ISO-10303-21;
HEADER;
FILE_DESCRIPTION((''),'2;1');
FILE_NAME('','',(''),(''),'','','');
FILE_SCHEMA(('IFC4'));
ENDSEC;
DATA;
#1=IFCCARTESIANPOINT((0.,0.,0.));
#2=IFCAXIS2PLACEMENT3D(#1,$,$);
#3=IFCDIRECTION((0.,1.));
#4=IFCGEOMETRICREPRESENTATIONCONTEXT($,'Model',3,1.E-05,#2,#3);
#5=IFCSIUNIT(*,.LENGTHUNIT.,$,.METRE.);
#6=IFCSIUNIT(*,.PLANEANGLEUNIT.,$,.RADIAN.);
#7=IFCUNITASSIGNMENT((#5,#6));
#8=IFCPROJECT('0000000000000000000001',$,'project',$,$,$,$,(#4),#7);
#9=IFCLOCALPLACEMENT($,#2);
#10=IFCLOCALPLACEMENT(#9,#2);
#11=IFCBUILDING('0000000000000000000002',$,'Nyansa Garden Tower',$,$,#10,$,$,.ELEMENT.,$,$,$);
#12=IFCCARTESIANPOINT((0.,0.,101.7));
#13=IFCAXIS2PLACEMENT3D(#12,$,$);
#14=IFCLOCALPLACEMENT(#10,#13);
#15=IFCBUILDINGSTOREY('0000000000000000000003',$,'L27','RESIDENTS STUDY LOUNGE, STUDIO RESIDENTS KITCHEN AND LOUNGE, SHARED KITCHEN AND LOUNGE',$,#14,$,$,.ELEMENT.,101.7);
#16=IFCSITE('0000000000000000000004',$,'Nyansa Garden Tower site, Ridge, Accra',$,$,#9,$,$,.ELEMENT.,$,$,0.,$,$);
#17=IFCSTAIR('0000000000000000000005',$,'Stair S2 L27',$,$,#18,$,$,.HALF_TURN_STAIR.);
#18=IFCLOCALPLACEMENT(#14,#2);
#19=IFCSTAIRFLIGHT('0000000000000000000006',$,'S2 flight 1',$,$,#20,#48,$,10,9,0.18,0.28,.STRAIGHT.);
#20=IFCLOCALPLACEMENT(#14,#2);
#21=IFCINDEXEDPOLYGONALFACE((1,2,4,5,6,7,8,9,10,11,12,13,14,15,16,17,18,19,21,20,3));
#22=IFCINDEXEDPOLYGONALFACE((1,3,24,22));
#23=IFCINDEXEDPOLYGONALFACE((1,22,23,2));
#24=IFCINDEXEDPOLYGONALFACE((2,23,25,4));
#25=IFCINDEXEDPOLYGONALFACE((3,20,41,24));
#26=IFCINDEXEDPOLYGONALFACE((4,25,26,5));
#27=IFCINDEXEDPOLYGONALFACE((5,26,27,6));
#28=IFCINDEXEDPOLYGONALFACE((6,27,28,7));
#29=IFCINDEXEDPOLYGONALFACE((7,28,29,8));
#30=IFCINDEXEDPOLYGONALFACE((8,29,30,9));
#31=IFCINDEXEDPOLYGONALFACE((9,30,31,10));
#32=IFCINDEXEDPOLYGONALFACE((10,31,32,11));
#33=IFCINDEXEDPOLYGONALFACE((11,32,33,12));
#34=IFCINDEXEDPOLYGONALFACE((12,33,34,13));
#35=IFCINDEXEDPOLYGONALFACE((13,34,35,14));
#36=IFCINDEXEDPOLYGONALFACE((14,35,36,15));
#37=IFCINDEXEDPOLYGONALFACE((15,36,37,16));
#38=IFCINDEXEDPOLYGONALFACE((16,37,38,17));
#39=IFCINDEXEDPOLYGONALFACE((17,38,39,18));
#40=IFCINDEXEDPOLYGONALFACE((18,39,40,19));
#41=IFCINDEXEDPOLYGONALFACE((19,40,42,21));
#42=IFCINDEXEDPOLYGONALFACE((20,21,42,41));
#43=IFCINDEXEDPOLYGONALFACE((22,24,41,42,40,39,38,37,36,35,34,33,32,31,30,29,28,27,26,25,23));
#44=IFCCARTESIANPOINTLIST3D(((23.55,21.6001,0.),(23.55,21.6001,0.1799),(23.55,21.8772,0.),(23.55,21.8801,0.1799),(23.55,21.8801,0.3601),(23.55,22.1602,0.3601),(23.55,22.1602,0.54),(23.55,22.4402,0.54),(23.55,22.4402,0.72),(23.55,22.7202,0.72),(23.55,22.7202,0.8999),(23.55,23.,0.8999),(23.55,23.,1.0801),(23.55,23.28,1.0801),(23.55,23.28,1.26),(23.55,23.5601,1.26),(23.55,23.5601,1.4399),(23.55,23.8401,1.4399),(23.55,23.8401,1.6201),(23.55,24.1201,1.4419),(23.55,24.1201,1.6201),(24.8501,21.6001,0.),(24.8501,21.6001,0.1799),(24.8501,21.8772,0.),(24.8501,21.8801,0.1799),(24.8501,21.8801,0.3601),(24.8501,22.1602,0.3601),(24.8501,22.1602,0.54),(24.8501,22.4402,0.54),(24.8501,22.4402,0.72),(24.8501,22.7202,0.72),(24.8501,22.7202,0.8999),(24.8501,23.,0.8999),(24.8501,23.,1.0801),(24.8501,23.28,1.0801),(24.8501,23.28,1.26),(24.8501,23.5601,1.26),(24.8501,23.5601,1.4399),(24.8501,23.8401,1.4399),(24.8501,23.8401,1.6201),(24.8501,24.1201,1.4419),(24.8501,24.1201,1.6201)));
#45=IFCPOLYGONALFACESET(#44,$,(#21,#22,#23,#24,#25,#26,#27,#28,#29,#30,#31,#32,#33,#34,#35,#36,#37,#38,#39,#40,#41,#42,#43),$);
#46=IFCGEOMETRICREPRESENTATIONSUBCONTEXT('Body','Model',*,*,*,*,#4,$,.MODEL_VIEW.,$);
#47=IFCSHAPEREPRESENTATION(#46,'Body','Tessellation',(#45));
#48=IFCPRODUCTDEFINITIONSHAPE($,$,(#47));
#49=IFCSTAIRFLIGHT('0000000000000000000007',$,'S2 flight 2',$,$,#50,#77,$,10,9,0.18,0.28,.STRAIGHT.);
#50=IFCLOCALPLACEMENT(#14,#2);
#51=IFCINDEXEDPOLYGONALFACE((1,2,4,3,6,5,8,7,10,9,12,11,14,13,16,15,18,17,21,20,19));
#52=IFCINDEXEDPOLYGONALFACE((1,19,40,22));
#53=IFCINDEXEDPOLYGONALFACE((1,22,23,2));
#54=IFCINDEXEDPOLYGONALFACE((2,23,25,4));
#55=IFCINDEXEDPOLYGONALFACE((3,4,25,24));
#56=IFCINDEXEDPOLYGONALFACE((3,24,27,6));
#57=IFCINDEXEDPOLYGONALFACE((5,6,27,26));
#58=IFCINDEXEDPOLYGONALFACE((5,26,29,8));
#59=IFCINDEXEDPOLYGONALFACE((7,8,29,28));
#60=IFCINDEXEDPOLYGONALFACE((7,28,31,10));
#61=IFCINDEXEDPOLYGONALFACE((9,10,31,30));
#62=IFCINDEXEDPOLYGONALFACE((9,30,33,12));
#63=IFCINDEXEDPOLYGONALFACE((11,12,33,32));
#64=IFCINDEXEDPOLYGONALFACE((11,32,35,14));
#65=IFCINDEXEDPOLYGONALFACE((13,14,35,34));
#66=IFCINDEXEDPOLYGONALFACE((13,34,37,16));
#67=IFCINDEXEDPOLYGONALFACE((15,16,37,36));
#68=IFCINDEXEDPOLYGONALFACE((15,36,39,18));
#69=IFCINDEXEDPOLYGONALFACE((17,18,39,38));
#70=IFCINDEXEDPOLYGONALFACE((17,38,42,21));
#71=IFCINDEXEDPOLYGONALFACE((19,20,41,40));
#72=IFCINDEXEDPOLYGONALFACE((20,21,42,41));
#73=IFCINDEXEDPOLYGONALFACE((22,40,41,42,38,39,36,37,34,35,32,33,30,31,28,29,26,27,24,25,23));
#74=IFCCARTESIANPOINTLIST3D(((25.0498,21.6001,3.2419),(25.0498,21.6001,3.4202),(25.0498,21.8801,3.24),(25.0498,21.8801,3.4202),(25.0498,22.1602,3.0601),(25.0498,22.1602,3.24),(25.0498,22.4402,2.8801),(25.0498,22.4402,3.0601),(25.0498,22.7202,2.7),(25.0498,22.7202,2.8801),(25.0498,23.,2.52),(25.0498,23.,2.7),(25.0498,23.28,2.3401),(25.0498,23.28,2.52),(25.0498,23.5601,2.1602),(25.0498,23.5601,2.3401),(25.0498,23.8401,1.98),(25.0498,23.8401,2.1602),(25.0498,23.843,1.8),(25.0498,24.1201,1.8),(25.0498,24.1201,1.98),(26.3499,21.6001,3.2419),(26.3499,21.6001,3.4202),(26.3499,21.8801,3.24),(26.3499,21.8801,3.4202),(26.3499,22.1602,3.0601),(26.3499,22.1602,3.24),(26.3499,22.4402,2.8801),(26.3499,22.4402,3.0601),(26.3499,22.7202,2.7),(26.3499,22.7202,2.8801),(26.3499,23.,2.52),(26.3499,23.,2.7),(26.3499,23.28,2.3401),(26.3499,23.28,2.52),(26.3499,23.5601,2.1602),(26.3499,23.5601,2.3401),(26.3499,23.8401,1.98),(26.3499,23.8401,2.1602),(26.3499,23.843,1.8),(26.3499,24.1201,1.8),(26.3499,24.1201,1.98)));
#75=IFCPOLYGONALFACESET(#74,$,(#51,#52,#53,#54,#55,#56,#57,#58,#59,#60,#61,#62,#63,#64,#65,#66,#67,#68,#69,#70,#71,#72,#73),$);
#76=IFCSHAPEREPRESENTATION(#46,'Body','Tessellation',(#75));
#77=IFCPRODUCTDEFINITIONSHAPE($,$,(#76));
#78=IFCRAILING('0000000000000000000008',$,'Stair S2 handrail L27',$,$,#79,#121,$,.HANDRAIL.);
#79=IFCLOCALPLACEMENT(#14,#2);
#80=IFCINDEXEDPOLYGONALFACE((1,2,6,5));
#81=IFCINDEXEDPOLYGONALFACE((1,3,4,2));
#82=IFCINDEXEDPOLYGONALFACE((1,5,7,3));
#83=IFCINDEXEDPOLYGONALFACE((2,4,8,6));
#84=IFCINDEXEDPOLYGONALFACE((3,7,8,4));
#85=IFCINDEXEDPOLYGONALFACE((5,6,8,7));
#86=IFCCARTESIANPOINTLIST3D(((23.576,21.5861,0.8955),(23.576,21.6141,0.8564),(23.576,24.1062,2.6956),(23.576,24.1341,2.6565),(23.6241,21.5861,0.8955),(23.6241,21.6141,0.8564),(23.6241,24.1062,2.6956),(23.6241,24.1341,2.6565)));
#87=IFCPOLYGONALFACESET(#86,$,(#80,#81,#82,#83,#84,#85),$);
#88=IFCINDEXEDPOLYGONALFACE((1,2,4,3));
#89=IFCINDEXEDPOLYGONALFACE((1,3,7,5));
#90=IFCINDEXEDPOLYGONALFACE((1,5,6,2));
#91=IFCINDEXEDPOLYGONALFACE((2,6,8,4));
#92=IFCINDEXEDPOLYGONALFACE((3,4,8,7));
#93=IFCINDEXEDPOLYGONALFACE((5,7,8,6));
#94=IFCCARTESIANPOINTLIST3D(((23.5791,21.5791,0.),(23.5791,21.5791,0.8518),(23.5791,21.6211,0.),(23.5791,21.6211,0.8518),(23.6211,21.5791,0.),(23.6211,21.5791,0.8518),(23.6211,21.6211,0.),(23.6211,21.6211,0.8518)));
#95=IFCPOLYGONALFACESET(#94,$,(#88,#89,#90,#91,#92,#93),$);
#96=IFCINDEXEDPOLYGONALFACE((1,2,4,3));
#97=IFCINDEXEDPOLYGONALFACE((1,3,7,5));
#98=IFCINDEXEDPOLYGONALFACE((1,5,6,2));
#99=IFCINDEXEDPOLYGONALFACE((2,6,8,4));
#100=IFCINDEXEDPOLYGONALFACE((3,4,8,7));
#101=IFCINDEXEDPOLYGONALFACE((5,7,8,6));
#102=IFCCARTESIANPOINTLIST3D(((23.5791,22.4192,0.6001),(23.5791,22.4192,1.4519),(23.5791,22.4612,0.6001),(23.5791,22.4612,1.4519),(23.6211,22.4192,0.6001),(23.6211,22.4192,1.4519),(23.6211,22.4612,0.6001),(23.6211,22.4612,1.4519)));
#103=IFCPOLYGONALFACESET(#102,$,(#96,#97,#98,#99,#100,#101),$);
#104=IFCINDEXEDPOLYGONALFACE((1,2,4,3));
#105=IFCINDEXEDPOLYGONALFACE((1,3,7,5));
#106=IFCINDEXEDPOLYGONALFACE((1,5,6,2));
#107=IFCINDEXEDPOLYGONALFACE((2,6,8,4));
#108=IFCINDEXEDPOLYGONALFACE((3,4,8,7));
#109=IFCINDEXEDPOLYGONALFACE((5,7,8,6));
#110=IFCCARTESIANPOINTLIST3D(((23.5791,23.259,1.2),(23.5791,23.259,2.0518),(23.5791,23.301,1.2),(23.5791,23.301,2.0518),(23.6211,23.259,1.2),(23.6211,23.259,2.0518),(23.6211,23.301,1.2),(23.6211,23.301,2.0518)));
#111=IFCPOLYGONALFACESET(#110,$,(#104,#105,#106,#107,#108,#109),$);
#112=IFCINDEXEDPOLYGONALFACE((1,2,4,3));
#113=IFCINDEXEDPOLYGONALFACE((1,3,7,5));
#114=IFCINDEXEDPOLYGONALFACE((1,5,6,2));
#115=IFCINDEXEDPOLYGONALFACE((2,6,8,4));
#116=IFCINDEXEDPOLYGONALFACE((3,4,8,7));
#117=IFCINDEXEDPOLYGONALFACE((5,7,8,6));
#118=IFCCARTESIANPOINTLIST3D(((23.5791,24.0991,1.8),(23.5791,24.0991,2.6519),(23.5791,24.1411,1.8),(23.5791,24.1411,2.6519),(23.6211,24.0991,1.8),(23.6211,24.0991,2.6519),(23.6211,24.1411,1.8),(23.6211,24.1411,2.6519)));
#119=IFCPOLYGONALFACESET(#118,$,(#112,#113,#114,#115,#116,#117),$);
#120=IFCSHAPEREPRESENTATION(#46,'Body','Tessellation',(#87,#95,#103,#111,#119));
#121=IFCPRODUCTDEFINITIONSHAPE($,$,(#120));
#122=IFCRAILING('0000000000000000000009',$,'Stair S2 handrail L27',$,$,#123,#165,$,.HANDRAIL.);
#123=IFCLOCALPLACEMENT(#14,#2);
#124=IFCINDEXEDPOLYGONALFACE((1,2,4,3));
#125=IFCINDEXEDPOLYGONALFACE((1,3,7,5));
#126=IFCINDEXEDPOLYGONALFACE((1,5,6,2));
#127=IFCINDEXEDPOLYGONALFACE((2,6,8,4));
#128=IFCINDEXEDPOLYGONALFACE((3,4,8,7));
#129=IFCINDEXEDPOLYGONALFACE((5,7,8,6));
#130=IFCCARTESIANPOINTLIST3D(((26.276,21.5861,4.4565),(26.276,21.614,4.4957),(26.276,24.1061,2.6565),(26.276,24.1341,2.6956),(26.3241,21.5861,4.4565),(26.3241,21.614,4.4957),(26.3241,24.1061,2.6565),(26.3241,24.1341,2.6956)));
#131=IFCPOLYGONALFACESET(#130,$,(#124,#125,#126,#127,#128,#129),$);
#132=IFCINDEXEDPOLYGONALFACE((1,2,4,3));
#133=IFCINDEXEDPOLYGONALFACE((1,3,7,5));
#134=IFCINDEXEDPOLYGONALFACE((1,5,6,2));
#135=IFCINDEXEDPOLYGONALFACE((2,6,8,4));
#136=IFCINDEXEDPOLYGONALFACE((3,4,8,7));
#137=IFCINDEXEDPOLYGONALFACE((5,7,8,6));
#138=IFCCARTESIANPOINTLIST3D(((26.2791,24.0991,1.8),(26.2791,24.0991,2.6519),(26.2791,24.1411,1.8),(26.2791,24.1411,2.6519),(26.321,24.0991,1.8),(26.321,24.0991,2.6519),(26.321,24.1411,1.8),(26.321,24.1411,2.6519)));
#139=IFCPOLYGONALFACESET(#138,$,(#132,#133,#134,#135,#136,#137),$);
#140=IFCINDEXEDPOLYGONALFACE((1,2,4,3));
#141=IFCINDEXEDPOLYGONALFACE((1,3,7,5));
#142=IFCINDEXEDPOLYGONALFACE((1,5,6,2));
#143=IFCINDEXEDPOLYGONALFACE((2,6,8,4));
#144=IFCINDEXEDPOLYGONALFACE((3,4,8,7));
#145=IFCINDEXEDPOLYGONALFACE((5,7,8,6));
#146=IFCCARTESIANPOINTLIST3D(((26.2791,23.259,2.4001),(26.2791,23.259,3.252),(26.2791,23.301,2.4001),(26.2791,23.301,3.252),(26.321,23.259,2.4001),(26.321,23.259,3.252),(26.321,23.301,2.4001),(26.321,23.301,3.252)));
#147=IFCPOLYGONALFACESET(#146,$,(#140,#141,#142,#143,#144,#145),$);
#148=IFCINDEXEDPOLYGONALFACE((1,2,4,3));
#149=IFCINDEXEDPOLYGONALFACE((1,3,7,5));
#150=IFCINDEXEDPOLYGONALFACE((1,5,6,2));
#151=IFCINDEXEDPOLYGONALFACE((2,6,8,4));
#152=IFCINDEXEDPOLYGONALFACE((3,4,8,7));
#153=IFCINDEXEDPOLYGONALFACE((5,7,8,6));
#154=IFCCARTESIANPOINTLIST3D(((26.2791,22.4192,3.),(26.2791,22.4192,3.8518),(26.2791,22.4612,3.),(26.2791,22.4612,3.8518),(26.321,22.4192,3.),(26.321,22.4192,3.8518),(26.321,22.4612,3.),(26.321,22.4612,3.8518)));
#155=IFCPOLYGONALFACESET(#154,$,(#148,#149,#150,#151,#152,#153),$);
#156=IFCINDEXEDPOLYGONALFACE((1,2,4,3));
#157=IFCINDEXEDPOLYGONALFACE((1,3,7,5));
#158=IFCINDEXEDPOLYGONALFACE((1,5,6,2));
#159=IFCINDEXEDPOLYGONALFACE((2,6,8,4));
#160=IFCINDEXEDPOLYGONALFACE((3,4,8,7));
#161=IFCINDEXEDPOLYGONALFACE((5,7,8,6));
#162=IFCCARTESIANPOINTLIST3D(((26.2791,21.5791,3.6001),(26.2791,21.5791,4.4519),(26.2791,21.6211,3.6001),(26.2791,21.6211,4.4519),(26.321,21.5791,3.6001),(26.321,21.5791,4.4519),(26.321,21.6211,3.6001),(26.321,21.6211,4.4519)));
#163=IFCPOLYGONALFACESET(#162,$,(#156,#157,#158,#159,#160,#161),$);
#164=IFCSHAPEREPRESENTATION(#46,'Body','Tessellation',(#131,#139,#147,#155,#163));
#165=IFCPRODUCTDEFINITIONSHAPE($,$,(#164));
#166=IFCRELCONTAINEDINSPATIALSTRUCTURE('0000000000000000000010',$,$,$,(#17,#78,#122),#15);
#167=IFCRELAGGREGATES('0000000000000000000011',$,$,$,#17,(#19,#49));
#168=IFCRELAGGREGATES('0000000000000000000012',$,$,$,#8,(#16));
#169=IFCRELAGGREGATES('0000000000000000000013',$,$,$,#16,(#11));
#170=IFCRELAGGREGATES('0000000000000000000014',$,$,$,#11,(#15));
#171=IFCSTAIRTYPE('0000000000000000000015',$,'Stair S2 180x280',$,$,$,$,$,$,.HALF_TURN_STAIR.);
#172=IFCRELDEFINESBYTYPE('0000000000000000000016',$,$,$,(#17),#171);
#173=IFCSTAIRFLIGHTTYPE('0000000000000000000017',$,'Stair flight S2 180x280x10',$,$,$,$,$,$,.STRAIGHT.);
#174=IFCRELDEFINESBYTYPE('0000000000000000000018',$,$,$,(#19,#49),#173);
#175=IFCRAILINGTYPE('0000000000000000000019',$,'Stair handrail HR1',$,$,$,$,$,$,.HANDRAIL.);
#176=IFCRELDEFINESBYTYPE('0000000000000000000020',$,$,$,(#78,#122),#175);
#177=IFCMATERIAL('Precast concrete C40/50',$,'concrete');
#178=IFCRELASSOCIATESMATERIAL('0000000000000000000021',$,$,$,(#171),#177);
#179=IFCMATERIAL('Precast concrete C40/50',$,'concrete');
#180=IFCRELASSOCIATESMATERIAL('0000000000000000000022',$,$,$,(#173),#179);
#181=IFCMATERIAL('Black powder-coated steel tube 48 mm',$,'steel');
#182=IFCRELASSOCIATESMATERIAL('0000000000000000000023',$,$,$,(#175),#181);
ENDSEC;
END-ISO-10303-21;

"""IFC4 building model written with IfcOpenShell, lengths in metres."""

from ifc_helpers import new_model, si_unit, direction, frame, origin, origin_2d, place, context, subcontext, project, spatial, polyline, rectangle, outline, extrude, material, type_object, element, aggregate, save


model = new_model("IFC4")

# Units and contexts
model_context = context("Model", 3, precision=1e-05, world=origin(), true_north=direction((0.0, 1.0)))
body_context = subcontext(model_context, "Body", "Model", "MODEL_VIEW")
ifc_project = project(units=[si_unit("LENGTHUNIT", "METRE"), si_unit("PLANEANGLEUNIT", "RADIAN")], contexts=[model_context])

# Site, building, storey
site_placement = place(None, origin())
site = spatial("IfcSite", under=ifc_project, at=site_placement, Name="Nyansa Garden Tower site, Ridge, Accra", CompositionType="ELEMENT", RefElevation=0.0)
building_placement = place(site_placement, origin())
building = spatial("IfcBuilding", under=site, at=building_placement, Name="Nyansa Garden Tower", CompositionType="ELEMENT")
storey_placement = place(building_placement, frame((0.0, 0.0, 101.7)))
storey = spatial("IfcBuildingStorey", under=building, at=storey_placement, Name="L27", Description="RESIDENTS STUDY LOUNGE, STUDIO RESIDENTS KITCHEN AND LOUNGE, SHARED KITCHEN AND LOUNGE", CompositionType="ELEMENT", Elevation=101.7)

# Stair, stair flights
ifc_material_1 = material(Name="Precast concrete C40/50", Category="concrete")
stair_type = type_object("IfcStairType", Name="Stair S2 180x280", PredefinedType="HALF_TURN_STAIR", material=ifc_material_1)
stair_placement = place(storey_placement, origin())
stair = element("IfcStair", 1, at=stair_placement, inside=storey, type_object=stair_type, Name="Stair S2 L27", PredefinedType="HALF_TURN_STAIR")
ifc_material_2 = material(Name="Precast concrete C40/50", Category="concrete")
stair_flight_type = type_object("IfcStairFlightType", Name="Stair flight S2 180x280x10", PredefinedType="STRAIGHT", material=ifc_material_2)
stair_flight_1_placement = place(storey_placement, frame((24.2, 21.6001, 0.0), z_axis=(0.0, 0.0, 1.0), x_axis=(0.0, 1.0, 0.0)))
stair_flight_1 = element("IfcStairFlight", 2, at=stair_flight_1_placement, type_object=stair_flight_type, Name="S2 flight 1", NumberOfRisers=10, NumberOfTreads=9, PredefinedType="STRAIGHT", RiserHeight=0.18, TreadLength=0.28, context=body_context, shape_type="SweptSolid", body=[
    extrude(outline(polyline([(0.0, 0.0), (0.0, 0.1799), (0.28, 0.1799), (0.28, 0.3601), (0.5601, 0.3601), (0.5601, 0.54), (0.8401, 0.54), (0.8401, 0.72), (1.1201, 0.72), (1.1201, 0.8999), (1.3999, 0.8999), (1.3999, 1.0801), (1.6799, 1.0801), (1.6799, 1.26), (1.96, 1.26), (1.96, 1.4399), (2.24, 1.4399), (2.24, 1.6201), (2.52, 1.6201), (2.52, 1.8), (2.52, 1.4419), (0.2771, 0.0), (0.0, 0.0)])), frame((0.0, 0.6499, 0.0), z_axis=(0.0, -1.0, 0.0), x_axis=(1.0, 0.0, 0.0)), (0.0, 0.0, 1.0), 1.3),
])
stair_flight_2_placement = place(storey_placement, frame((25.7, 24.1201, 1.8), z_axis=(0.0, 0.0, 1.0), x_axis=(0.0, -1.0, 0.0)))
stair_flight_2 = element("IfcStairFlight", 3, at=stair_flight_2_placement, type_object=stair_flight_type, Name="S2 flight 2", NumberOfRisers=10, NumberOfTreads=9, PredefinedType="STRAIGHT", RiserHeight=0.18, TreadLength=0.28, context=body_context, shape_type="SweptSolid", body=[
    extrude(outline(polyline([(0.0, 0.0), (0.0, 0.1799), (0.28, 0.1799), (0.28, 0.3601), (0.5601, 0.3601), (0.5601, 0.54), (0.8401, 0.54), (0.8401, 0.72), (1.1201, 0.72), (1.1201, 0.8999), (1.3999, 0.8999), (1.3999, 1.0801), (1.6799, 1.0801), (1.6799, 1.26), (1.96, 1.26), (1.96, 1.4399), (2.24, 1.4399), (2.24, 1.6201), (2.52, 1.6201), (2.52, 1.8), (2.52, 1.4419), (0.2771, 0.0), (0.0, 0.0)])), frame((0.0, 0.6499, 0.0), z_axis=(0.0, -1.0, 0.0), x_axis=(1.0, 0.0, 0.0)), (0.0, 0.0, 1.0), 1.3),
])
aggregate(stair, [stair_flight_1, stair_flight_2])

# Railings
ifc_material_3 = material(Name="Black powder-coated steel tube 48 mm", Category="steel")
railing_type = type_object("IfcRailingType", Name="Stair handrail HR1", PredefinedType="HANDRAIL", material=ifc_material_3)
railing_1_placement = place(storey_placement, frame((23.6001, 21.6001, 0.0)))
element("IfcRailing", 4, at=railing_1_placement, inside=storey, type_object=railing_type, Name="Stair S2 handrail L27", PredefinedType="HANDRAIL", context=body_context, shape_type="SweptSolid", body=[
    extrude(rectangle(XDim=0.0481, YDim=0.0481, at=origin_2d()), frame((0.0, 0.0, 0.876), z_axis=(0.0, 0.813728, 0.581246), x_axis=(-1.0, 0.0, 0.0)), (0.0, 0.0, 1.0), 3.0969),
    extrude(rectangle(XDim=0.042, YDim=0.042, at=origin_2d()), origin(), (0.0, 0.0, 1.0), 0.8518),
    extrude(rectangle(XDim=0.042, YDim=0.042, at=origin_2d()), frame((0.0, 0.8401, 0.6001)), (0.0, 0.0, 1.0), 0.8518),
    extrude(rectangle(XDim=0.042, YDim=0.042, at=origin_2d()), frame((0.0, 1.6799, 1.2)), (0.0, 0.0, 1.0), 0.8518),
    extrude(rectangle(XDim=0.042, YDim=0.042, at=origin_2d()), frame((0.0, 2.52, 1.8)), (0.0, 0.0, 1.0), 0.8518),
])
railing_2_placement = place(storey_placement, frame((26.3, 24.1201, 1.8)))
element("IfcRailing", 5, at=railing_2_placement, inside=storey, type_object=railing_type, Name="Stair S2 handrail L27", PredefinedType="HANDRAIL", context=body_context, shape_type="SweptSolid", body=[
    extrude(rectangle(XDim=0.0481, YDim=0.0481, at=origin_2d()), frame((0.0, 0.0, 0.876), z_axis=(0.0, -0.813728, 0.581246), x_axis=(1.0, 0.0, 0.0)), (0.0, 0.0, 1.0), 3.0969),
    extrude(rectangle(XDim=0.042, YDim=0.042, at=origin_2d()), origin(), (0.0, 0.0, 1.0), 0.8518),
    extrude(rectangle(XDim=0.042, YDim=0.042, at=origin_2d()), frame((0.0, -0.8401, 0.6001)), (0.0, 0.0, 1.0), 0.8518),
    extrude(rectangle(XDim=0.042, YDim=0.042, at=origin_2d()), frame((0.0, -1.6799, 1.2)), (0.0, 0.0, 1.0), 0.8518),
    extrude(rectangle(XDim=0.042, YDim=0.042, at=origin_2d()), frame((0.0, -2.52, 1.8)), (0.0, 0.0, 1.0), 0.8518),
])

save(model, "model.ifc")
